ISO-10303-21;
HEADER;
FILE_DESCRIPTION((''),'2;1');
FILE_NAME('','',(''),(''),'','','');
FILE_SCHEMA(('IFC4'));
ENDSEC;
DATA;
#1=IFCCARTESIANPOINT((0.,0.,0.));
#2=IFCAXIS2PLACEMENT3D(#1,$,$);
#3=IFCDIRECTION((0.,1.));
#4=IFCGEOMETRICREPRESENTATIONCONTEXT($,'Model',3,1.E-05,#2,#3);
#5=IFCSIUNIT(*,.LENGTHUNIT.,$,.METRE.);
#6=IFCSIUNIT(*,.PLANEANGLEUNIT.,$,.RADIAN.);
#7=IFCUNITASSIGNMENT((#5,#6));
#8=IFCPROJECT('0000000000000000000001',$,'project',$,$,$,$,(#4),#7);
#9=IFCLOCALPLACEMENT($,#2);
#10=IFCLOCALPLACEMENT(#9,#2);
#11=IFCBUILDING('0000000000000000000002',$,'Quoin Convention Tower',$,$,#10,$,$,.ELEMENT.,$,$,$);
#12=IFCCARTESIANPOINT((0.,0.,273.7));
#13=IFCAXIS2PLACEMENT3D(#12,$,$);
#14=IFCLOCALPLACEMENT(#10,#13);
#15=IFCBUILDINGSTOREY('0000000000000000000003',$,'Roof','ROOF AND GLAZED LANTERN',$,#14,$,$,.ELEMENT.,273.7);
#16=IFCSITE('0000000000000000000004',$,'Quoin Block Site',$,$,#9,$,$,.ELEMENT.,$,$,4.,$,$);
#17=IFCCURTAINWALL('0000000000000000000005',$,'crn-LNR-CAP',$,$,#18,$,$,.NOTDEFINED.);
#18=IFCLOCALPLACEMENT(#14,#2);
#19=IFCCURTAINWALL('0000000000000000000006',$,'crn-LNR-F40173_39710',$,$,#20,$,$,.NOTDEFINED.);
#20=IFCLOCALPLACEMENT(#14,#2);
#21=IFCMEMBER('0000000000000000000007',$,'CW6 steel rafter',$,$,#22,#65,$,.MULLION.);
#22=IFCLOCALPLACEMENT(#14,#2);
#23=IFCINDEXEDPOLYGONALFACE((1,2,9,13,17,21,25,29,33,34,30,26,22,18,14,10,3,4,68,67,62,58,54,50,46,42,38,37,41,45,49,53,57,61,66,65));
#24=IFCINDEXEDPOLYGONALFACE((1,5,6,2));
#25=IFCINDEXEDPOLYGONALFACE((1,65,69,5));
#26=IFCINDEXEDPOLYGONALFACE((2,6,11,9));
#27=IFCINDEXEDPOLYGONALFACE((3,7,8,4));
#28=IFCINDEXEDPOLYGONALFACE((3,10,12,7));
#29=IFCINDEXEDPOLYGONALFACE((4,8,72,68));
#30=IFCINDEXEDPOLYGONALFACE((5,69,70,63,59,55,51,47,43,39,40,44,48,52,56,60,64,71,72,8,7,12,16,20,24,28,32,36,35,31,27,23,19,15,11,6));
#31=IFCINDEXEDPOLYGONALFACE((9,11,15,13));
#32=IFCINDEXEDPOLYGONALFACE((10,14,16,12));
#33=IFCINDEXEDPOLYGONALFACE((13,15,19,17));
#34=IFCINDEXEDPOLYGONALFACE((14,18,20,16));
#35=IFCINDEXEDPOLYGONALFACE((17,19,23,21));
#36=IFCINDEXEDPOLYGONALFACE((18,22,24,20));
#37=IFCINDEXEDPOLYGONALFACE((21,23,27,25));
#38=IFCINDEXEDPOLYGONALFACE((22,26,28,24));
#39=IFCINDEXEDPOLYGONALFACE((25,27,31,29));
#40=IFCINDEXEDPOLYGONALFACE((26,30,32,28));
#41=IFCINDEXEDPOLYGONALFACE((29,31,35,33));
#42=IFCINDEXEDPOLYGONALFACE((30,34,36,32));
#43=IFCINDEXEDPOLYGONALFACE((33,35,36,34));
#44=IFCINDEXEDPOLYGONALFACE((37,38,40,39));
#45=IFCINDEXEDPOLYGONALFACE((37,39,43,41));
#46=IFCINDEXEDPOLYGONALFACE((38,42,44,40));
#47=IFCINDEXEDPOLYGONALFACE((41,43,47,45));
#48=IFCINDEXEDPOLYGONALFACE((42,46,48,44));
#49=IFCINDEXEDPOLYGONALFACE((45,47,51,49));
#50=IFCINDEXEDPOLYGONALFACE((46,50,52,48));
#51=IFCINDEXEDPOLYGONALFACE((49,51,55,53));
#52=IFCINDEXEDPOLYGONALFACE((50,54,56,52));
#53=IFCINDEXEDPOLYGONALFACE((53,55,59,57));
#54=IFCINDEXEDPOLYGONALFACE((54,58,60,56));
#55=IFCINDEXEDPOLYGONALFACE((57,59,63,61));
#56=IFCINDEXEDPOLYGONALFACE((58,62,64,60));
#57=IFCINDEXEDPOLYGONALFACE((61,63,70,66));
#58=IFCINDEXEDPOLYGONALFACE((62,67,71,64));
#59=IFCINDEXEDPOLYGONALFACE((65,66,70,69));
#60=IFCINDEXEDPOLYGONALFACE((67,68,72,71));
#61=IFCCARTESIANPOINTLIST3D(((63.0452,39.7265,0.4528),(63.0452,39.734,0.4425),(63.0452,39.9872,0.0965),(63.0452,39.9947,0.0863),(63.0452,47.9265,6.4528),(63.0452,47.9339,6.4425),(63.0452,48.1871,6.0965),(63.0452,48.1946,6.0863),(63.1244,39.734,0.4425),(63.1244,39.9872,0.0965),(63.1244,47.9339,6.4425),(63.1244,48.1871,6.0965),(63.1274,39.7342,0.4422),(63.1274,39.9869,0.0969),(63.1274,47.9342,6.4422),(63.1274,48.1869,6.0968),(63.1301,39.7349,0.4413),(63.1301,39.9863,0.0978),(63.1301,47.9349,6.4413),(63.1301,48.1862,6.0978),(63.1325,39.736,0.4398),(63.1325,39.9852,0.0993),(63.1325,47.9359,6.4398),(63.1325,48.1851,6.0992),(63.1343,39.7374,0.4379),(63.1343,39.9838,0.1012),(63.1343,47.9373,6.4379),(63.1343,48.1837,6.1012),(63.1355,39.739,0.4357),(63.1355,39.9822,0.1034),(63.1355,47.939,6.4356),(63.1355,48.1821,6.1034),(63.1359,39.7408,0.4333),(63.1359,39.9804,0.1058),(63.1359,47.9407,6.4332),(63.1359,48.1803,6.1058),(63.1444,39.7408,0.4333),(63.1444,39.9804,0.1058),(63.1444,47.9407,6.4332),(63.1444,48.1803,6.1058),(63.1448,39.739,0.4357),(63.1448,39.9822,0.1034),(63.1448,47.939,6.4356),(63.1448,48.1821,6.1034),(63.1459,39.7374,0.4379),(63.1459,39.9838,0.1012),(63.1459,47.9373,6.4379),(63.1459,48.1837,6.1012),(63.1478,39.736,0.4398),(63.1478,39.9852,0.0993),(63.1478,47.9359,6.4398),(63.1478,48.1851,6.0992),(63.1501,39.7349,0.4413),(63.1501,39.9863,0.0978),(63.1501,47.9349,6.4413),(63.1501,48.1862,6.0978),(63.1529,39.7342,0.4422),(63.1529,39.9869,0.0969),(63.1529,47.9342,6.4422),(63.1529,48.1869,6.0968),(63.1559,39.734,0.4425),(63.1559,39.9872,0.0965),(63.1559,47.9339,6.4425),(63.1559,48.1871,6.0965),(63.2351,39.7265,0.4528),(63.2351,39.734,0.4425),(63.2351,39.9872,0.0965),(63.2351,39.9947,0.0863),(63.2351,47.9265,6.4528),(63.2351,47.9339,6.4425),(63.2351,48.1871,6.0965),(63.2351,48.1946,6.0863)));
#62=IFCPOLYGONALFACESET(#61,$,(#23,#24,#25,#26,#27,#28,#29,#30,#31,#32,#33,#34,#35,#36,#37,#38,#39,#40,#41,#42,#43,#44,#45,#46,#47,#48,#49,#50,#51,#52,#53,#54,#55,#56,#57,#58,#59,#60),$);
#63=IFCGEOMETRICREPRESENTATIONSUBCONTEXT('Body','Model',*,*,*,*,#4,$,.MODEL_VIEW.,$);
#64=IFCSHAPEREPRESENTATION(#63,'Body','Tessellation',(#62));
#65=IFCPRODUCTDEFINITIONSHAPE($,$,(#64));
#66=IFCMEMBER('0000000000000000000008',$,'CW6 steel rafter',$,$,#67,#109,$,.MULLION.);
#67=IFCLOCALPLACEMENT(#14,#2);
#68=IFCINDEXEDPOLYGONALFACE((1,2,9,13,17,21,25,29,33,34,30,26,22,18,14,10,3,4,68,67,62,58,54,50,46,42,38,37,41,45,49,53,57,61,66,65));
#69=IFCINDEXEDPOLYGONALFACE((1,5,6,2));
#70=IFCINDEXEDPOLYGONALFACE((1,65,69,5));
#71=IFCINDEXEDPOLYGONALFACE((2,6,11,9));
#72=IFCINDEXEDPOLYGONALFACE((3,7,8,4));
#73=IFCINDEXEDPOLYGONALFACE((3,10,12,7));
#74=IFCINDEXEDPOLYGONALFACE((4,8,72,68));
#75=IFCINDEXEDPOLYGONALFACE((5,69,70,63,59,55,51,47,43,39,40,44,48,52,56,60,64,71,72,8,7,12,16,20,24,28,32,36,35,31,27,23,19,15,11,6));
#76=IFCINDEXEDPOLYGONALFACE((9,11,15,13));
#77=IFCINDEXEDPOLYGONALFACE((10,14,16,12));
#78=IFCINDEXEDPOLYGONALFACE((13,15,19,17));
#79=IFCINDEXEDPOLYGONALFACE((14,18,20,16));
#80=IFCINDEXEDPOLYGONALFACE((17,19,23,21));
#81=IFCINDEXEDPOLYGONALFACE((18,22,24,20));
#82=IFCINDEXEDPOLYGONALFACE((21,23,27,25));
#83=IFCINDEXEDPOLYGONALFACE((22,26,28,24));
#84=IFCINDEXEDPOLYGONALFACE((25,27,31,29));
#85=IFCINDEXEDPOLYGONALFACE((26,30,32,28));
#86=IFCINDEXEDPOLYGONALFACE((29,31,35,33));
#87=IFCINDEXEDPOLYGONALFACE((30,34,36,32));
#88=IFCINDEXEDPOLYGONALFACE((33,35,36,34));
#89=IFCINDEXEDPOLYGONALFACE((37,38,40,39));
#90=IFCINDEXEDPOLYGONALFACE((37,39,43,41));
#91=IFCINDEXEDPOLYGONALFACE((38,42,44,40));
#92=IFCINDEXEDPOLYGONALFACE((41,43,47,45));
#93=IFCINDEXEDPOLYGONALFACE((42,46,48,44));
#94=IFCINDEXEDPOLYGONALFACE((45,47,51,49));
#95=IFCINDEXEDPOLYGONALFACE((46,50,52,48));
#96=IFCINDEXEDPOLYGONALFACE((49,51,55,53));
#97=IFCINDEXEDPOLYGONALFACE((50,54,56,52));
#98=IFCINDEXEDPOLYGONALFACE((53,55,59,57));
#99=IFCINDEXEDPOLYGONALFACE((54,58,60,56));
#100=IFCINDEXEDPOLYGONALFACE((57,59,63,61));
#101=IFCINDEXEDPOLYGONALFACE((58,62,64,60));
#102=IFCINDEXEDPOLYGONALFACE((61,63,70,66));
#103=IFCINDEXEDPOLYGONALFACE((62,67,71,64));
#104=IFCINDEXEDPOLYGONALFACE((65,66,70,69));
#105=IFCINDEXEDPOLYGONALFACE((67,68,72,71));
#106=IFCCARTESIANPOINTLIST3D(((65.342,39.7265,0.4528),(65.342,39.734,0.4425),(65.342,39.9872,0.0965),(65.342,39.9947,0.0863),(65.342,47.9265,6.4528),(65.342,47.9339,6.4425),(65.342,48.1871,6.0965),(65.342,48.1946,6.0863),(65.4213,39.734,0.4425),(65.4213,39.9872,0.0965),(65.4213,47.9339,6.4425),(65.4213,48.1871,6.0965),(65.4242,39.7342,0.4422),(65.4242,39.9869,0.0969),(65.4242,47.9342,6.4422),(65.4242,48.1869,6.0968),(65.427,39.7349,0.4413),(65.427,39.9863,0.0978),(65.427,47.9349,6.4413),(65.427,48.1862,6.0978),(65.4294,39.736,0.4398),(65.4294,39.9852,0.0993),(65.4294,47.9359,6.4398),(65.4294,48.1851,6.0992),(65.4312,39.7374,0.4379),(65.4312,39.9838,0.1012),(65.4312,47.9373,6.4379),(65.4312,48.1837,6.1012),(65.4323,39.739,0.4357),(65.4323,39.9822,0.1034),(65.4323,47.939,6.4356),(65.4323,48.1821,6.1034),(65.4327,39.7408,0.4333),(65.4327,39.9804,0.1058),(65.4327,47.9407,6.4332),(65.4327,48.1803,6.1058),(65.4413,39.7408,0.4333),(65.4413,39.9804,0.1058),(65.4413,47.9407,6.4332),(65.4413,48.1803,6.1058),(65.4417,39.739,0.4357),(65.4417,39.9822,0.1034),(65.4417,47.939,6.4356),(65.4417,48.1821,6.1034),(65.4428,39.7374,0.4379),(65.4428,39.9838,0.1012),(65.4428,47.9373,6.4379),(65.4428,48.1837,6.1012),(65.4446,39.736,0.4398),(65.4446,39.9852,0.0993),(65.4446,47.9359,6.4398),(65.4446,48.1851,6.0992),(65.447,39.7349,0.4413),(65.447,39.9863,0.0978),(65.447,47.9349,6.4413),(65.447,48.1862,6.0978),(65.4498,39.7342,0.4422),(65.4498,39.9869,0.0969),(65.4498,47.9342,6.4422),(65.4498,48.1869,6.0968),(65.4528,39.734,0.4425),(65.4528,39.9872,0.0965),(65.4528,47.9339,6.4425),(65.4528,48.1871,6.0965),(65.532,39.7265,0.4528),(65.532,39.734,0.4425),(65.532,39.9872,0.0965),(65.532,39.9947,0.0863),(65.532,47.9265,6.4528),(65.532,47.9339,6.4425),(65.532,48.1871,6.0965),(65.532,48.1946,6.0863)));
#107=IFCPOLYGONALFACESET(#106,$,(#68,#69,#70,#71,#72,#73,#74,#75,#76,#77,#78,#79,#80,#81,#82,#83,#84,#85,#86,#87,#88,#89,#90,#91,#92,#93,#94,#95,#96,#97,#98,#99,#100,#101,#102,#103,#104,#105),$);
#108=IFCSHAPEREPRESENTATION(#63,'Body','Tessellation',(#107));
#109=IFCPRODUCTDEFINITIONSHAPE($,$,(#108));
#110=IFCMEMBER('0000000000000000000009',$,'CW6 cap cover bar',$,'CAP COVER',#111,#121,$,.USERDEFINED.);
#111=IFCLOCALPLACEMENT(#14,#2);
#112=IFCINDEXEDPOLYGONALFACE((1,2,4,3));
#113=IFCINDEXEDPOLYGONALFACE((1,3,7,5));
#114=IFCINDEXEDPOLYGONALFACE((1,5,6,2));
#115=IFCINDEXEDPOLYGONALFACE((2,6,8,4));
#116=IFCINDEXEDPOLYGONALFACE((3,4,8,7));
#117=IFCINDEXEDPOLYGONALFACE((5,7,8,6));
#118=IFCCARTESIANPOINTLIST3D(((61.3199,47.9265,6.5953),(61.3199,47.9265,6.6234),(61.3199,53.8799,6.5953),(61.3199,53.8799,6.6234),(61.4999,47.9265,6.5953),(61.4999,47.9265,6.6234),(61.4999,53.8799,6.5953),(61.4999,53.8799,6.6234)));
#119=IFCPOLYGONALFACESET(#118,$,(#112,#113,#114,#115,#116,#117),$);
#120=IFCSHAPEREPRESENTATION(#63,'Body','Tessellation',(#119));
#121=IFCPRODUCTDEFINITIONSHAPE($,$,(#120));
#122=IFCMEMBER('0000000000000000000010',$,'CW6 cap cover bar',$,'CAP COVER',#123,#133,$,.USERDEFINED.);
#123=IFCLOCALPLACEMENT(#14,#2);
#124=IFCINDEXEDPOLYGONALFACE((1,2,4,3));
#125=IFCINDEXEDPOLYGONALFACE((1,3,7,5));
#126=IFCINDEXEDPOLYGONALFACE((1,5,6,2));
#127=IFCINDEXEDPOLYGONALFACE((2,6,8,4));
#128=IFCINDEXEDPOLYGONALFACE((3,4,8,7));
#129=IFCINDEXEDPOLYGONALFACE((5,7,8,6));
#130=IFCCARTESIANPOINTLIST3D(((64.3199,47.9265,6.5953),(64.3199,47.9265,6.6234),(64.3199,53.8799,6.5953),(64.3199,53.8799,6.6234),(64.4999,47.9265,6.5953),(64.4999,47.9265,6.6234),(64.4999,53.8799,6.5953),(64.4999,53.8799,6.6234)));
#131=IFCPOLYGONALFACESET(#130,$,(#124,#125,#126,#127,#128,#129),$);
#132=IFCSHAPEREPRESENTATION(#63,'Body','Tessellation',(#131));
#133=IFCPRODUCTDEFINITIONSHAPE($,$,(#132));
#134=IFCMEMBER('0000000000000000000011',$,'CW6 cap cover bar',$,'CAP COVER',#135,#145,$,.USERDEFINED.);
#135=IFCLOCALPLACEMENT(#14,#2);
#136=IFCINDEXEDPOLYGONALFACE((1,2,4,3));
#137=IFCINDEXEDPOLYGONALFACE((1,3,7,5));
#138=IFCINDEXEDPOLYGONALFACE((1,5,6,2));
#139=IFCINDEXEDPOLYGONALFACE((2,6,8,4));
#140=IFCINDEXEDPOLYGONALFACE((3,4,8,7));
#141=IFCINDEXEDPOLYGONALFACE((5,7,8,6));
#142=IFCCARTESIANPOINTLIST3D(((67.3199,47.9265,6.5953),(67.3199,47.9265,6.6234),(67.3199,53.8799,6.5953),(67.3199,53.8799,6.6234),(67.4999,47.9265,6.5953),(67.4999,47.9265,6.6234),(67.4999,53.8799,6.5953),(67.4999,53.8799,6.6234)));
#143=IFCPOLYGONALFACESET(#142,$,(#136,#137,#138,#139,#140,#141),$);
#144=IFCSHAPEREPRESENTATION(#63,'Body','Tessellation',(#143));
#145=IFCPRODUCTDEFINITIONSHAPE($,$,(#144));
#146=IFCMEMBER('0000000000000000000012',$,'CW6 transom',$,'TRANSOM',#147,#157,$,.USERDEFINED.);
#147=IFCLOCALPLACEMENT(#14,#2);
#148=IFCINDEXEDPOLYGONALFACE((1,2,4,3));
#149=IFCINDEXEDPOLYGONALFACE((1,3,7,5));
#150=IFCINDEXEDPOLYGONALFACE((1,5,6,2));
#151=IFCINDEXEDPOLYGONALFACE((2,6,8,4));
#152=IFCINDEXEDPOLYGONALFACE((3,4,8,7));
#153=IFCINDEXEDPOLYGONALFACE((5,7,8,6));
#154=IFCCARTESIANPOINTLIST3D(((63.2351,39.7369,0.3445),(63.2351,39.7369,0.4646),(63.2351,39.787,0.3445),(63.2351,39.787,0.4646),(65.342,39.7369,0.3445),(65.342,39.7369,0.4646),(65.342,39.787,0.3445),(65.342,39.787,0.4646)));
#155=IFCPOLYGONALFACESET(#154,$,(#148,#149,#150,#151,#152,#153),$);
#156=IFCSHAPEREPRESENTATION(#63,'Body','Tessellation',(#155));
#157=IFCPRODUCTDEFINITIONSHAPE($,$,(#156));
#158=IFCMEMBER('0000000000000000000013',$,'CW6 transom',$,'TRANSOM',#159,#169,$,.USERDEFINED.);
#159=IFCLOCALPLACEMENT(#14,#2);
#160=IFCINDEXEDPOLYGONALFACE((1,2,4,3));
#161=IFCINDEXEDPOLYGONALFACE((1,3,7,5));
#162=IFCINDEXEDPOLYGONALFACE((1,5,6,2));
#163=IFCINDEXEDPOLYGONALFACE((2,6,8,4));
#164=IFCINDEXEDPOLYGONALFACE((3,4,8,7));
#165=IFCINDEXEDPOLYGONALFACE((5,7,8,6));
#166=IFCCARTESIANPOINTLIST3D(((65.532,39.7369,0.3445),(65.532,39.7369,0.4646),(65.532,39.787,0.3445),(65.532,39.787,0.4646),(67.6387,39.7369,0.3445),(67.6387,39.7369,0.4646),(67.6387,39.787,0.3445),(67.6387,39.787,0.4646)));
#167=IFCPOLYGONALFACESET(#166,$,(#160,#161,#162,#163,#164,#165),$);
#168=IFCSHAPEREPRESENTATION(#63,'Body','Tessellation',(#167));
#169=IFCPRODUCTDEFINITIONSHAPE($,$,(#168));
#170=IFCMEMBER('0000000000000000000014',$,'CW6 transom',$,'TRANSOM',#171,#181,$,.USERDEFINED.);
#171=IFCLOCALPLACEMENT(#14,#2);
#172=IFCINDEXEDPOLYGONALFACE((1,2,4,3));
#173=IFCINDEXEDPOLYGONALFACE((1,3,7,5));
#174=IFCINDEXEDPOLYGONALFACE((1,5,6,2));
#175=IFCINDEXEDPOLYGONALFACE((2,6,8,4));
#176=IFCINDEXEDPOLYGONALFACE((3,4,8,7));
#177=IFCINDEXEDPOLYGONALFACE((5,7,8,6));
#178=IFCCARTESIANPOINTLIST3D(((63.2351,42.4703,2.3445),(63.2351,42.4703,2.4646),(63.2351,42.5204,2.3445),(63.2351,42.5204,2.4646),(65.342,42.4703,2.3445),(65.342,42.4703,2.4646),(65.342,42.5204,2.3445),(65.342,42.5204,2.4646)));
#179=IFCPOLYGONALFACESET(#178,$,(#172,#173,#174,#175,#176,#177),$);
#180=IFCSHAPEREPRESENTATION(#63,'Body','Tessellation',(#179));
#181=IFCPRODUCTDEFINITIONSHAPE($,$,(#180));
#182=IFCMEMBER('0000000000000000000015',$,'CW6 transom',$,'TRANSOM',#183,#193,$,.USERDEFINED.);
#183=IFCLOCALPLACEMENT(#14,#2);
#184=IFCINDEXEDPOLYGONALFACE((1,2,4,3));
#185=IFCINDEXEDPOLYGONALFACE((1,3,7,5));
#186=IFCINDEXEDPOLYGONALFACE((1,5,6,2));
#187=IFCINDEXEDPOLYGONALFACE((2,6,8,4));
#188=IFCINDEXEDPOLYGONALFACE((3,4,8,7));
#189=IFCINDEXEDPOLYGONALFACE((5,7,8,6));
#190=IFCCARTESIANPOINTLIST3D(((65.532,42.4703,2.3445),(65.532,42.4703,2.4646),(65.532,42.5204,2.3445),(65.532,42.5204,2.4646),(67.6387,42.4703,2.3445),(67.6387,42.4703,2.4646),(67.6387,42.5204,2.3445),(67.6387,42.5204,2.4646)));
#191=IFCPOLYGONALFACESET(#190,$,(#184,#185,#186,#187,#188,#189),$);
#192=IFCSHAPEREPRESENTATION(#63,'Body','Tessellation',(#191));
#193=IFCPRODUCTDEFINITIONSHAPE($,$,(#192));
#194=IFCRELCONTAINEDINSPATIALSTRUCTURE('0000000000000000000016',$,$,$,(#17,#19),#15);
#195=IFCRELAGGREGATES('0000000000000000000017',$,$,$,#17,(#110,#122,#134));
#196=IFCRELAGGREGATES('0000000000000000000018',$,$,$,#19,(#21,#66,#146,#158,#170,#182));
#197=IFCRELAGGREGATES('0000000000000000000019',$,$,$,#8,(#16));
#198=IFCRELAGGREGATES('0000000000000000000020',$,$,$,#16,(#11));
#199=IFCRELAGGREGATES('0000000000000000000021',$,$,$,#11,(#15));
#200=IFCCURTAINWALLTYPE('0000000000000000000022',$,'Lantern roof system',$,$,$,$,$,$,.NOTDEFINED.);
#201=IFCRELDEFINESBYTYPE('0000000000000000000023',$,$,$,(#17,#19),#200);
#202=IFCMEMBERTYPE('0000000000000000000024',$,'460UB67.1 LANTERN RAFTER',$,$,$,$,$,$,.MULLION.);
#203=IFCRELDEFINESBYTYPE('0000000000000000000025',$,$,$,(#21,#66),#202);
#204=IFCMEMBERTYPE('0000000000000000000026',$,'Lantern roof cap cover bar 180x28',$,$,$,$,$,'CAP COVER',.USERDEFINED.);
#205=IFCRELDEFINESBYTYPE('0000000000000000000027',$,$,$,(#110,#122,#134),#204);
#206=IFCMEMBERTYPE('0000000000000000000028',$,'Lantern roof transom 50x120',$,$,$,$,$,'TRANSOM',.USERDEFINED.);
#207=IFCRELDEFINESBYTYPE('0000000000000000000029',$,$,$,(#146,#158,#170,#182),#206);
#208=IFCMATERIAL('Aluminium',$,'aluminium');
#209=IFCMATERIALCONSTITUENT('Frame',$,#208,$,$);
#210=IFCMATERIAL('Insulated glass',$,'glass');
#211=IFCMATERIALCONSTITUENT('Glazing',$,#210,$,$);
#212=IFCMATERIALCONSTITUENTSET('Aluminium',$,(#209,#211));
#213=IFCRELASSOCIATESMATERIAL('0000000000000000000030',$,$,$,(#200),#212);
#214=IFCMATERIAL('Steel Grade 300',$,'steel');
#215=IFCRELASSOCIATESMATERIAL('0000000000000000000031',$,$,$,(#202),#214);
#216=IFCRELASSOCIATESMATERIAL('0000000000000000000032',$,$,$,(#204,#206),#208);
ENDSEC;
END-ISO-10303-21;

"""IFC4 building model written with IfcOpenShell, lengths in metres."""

from ifc_helpers import new_model, si_unit, direction, frame, origin, origin_2d, place, context, subcontext, project, spatial, rectangle, i_section, extrude, material, constituent, constituent_set, material_profile, profile_set, type_object, element, aggregate, save


model = new_model("IFC4")

# Units and contexts
model_context = context("Model", 3, precision=1e-05, world=origin(), true_north=direction((0.0, 1.0)))
body_context = subcontext(model_context, "Body", "Model", "MODEL_VIEW")
ifc_project = project(units=[si_unit("LENGTHUNIT", "METRE"), si_unit("PLANEANGLEUNIT", "RADIAN")], contexts=[model_context])

# Site, building, storey
site_placement = place(None, origin())
site = spatial("IfcSite", under=ifc_project, at=site_placement, Name="Quoin Block Site", CompositionType="ELEMENT", RefElevation=4.0)
building_placement = place(site_placement, origin())
building = spatial("IfcBuilding", under=site, at=building_placement, Name="Quoin Convention Tower", CompositionType="ELEMENT")
storey_placement = place(building_placement, frame((0.0, 0.0, 273.7)))
storey = spatial("IfcBuildingStorey", under=building, at=storey_placement, Name="Roof", Description="ROOF AND GLAZED LANTERN", CompositionType="ELEMENT", Elevation=273.7)

# Curtain wall
ifc_material_1 = material(Name="Aluminium", Category="aluminium")
ifc_constituent_1 = constituent(ifc_material_1, Name="Frame")
ifc_material_2 = material(Name="Insulated glass", Category="glass")
ifc_constituent_2 = constituent(ifc_material_2, Name="Glazing")
ifc_constituent_set = constituent_set(constituents=[ifc_constituent_1, ifc_constituent_2], Name="Aluminium")
curtain_wall_type = type_object("IfcCurtainWallType", Name="Lantern roof system", PredefinedType="NOTDEFINED", material=ifc_constituent_set)
curtain_wall_1_placement = place(storey_placement, origin())
curtain_wall_1 = element("IfcCurtainWall", 1, at=curtain_wall_1_placement, inside=storey, type_object=curtain_wall_type, Name="crn-LNR-CAP", PredefinedType="NOTDEFINED")

# Shared definitions
ifc_material_3 = material(Name="Steel Grade 300", Category="steel")

# Curtain wall, members
curtain_wall_2_placement = place(storey_placement, origin())
curtain_wall_2 = element("IfcCurtainWall", 2, at=curtain_wall_2_placement, inside=storey, type_object=curtain_wall_type, Name="crn-LNR-F40173_39710", PredefinedType="NOTDEFINED")
ifc_material_profile_1 = material_profile(ifc_material_3, i_section(OverallWidth=0.1899, OverallDepth=0.4541, WebThickness=0.0085, FlangeThickness=0.0127, FilletRadius=0.0115, at=origin_2d()), Name="460UB67.1")
ifc_profile_set_1 = profile_set([ifc_material_profile_1], Name="Steel Grade 300")
member_type_1 = type_object("IfcMemberType", Name="460UB67.1 LANTERN RAFTER", PredefinedType="MULLION", material=ifc_profile_set_1)
member_1_placement = place(storey_placement, frame((63.1401, 39.8606, 0.2695), z_axis=(0.0, 0.807029, 0.590512), x_axis=(-1.0, 0.0, 0.0)))
member_1 = element("IfcMember", 3, at=member_1_placement, type_object=member_type_1, Name="CW6 steel rafter", PredefinedType="MULLION", context=body_context, shape_type="SweptSolid", body=[
    extrude(i_section(OverallWidth=0.1899, OverallDepth=0.4541, WebThickness=0.0085, FlangeThickness=0.0127, FilletRadius=0.0115, at=origin_2d()), origin(), (0.0, 0.0, 1.0), 10.1606),
])
member_2_placement = place(storey_placement, frame((65.437, 39.8606, 0.2695), z_axis=(0.0, 0.807029, 0.590512), x_axis=(-1.0, 0.0, 0.0)))
member_2 = element("IfcMember", 4, at=member_2_placement, type_object=member_type_1, Name="CW6 steel rafter", PredefinedType="MULLION", context=body_context, shape_type="SweptSolid", body=[
    extrude(i_section(OverallWidth=0.1899, OverallDepth=0.4541, WebThickness=0.0085, FlangeThickness=0.0127, FilletRadius=0.0115, at=origin_2d()), origin(), (0.0, 0.0, 1.0), 10.1606),
])

# Members
ifc_material_profile_2 = material_profile(ifc_material_1, rectangle(XDim=0.0281, YDim=0.1799, at=origin_2d()), Name="Lantern roof cap cover bar 180x28")
ifc_profile_set_2 = profile_set([ifc_material_profile_2], Name="Aluminium")
member_type_2 = type_object("IfcMemberType", Name="Lantern roof cap cover bar 180x28", ElementType="CAP COVER", PredefinedType="USERDEFINED", material=ifc_profile_set_2)
member_3_placement = place(storey_placement, frame((61.4099, 47.9265, 6.6094), z_axis=(0.0, 1.0, 0.0), x_axis=(0.0, 0.0, 1.0)))
member_3 = element("IfcMember", 5, at=member_3_placement, type_object=member_type_2, Name="CW6 cap cover bar", ObjectType="CAP COVER", PredefinedType="USERDEFINED", context=body_context, shape_type="SweptSolid", body=[
    extrude(rectangle(XDim=0.0281, YDim=0.1799, at=origin_2d()), origin(), (0.0, 0.0, 1.0), 5.9534),
])
member_4_placement = place(storey_placement, frame((64.4099, 47.9265, 6.6094), z_axis=(0.0, 1.0, 0.0), x_axis=(0.0, 0.0, 1.0)))
member_4 = element("IfcMember", 6, at=member_4_placement, type_object=member_type_2, Name="CW6 cap cover bar", ObjectType="CAP COVER", PredefinedType="USERDEFINED", context=body_context, shape_type="SweptSolid", body=[
    extrude(rectangle(XDim=0.0281, YDim=0.1799, at=origin_2d()), origin(), (0.0, 0.0, 1.0), 5.9534),
])
member_5_placement = place(storey_placement, frame((67.4099, 47.9265, 6.6094), z_axis=(0.0, 1.0, 0.0), x_axis=(0.0, 0.0, 1.0)))
member_5 = element("IfcMember", 7, at=member_5_placement, type_object=member_type_2, Name="CW6 cap cover bar", ObjectType="CAP COVER", PredefinedType="USERDEFINED", context=body_context, shape_type="SweptSolid", body=[
    extrude(rectangle(XDim=0.0281, YDim=0.1799, at=origin_2d()), origin(), (0.0, 0.0, 1.0), 5.9534),
])
aggregate(curtain_wall_1, [member_3, member_4, member_5])
ifc_material_profile_3 = material_profile(ifc_material_1, rectangle(XDim=0.1201, YDim=0.05, at=origin_2d()), Name="Lantern roof transom 50x120")
ifc_profile_set_3 = profile_set([ifc_material_profile_3], Name="Aluminium")
member_type_3 = type_object("IfcMemberType", Name="Lantern roof transom 50x120", ElementType="TRANSOM", PredefinedType="USERDEFINED", material=ifc_profile_set_3)
member_6_placement = place(storey_placement, frame((63.2351, 39.762, 0.4045), z_axis=(1.0, 0.0, 0.0), x_axis=(0.0, 0.0, 1.0)))
member_6 = element("IfcMember", 8, at=member_6_placement, type_object=member_type_3, Name="CW6 transom", ObjectType="TRANSOM", PredefinedType="USERDEFINED", context=body_context, shape_type="SweptSolid", body=[
    extrude(rectangle(XDim=0.1201, YDim=0.05, at=origin_2d()), origin(), (0.0, 0.0, 1.0), 2.1069),
])
member_7_placement = place(storey_placement, frame((65.532, 39.762, 0.4045), z_axis=(1.0, 0.0, 0.0), x_axis=(0.0, 0.0, 1.0)))
member_7 = element("IfcMember", 9, at=member_7_placement, type_object=member_type_3, Name="CW6 transom", ObjectType="TRANSOM", PredefinedType="USERDEFINED", context=body_context, shape_type="SweptSolid", body=[
    extrude(rectangle(XDim=0.1201, YDim=0.05, at=origin_2d()), origin(), (0.0, 0.0, 1.0), 2.1067),
])
member_8_placement = place(storey_placement, frame((63.2351, 42.4954, 2.4045), z_axis=(1.0, 0.0, 0.0), x_axis=(0.0, 0.0, 1.0)))
member_8 = element("IfcMember", 10, at=member_8_placement, type_object=member_type_3, Name="CW6 transom", ObjectType="TRANSOM", PredefinedType="USERDEFINED", context=body_context, shape_type="SweptSolid", body=[
    extrude(rectangle(XDim=0.1201, YDim=0.05, at=origin_2d()), origin(), (0.0, 0.0, 1.0), 2.1069),
])
member_9_placement = place(storey_placement, frame((65.532, 42.4954, 2.4045), z_axis=(1.0, 0.0, 0.0), x_axis=(0.0, 0.0, 1.0)))
member_9 = element("IfcMember", 11, at=member_9_placement, type_object=member_type_3, Name="CW6 transom", ObjectType="TRANSOM", PredefinedType="USERDEFINED", context=body_context, shape_type="SweptSolid", body=[
    extrude(rectangle(XDim=0.1201, YDim=0.05, at=origin_2d()), origin(), (0.0, 0.0, 1.0), 2.1067),
])

aggregate(curtain_wall_2, [member_1, member_2, member_6, member_7, member_8, member_9])

save(model, "model.ifc")
